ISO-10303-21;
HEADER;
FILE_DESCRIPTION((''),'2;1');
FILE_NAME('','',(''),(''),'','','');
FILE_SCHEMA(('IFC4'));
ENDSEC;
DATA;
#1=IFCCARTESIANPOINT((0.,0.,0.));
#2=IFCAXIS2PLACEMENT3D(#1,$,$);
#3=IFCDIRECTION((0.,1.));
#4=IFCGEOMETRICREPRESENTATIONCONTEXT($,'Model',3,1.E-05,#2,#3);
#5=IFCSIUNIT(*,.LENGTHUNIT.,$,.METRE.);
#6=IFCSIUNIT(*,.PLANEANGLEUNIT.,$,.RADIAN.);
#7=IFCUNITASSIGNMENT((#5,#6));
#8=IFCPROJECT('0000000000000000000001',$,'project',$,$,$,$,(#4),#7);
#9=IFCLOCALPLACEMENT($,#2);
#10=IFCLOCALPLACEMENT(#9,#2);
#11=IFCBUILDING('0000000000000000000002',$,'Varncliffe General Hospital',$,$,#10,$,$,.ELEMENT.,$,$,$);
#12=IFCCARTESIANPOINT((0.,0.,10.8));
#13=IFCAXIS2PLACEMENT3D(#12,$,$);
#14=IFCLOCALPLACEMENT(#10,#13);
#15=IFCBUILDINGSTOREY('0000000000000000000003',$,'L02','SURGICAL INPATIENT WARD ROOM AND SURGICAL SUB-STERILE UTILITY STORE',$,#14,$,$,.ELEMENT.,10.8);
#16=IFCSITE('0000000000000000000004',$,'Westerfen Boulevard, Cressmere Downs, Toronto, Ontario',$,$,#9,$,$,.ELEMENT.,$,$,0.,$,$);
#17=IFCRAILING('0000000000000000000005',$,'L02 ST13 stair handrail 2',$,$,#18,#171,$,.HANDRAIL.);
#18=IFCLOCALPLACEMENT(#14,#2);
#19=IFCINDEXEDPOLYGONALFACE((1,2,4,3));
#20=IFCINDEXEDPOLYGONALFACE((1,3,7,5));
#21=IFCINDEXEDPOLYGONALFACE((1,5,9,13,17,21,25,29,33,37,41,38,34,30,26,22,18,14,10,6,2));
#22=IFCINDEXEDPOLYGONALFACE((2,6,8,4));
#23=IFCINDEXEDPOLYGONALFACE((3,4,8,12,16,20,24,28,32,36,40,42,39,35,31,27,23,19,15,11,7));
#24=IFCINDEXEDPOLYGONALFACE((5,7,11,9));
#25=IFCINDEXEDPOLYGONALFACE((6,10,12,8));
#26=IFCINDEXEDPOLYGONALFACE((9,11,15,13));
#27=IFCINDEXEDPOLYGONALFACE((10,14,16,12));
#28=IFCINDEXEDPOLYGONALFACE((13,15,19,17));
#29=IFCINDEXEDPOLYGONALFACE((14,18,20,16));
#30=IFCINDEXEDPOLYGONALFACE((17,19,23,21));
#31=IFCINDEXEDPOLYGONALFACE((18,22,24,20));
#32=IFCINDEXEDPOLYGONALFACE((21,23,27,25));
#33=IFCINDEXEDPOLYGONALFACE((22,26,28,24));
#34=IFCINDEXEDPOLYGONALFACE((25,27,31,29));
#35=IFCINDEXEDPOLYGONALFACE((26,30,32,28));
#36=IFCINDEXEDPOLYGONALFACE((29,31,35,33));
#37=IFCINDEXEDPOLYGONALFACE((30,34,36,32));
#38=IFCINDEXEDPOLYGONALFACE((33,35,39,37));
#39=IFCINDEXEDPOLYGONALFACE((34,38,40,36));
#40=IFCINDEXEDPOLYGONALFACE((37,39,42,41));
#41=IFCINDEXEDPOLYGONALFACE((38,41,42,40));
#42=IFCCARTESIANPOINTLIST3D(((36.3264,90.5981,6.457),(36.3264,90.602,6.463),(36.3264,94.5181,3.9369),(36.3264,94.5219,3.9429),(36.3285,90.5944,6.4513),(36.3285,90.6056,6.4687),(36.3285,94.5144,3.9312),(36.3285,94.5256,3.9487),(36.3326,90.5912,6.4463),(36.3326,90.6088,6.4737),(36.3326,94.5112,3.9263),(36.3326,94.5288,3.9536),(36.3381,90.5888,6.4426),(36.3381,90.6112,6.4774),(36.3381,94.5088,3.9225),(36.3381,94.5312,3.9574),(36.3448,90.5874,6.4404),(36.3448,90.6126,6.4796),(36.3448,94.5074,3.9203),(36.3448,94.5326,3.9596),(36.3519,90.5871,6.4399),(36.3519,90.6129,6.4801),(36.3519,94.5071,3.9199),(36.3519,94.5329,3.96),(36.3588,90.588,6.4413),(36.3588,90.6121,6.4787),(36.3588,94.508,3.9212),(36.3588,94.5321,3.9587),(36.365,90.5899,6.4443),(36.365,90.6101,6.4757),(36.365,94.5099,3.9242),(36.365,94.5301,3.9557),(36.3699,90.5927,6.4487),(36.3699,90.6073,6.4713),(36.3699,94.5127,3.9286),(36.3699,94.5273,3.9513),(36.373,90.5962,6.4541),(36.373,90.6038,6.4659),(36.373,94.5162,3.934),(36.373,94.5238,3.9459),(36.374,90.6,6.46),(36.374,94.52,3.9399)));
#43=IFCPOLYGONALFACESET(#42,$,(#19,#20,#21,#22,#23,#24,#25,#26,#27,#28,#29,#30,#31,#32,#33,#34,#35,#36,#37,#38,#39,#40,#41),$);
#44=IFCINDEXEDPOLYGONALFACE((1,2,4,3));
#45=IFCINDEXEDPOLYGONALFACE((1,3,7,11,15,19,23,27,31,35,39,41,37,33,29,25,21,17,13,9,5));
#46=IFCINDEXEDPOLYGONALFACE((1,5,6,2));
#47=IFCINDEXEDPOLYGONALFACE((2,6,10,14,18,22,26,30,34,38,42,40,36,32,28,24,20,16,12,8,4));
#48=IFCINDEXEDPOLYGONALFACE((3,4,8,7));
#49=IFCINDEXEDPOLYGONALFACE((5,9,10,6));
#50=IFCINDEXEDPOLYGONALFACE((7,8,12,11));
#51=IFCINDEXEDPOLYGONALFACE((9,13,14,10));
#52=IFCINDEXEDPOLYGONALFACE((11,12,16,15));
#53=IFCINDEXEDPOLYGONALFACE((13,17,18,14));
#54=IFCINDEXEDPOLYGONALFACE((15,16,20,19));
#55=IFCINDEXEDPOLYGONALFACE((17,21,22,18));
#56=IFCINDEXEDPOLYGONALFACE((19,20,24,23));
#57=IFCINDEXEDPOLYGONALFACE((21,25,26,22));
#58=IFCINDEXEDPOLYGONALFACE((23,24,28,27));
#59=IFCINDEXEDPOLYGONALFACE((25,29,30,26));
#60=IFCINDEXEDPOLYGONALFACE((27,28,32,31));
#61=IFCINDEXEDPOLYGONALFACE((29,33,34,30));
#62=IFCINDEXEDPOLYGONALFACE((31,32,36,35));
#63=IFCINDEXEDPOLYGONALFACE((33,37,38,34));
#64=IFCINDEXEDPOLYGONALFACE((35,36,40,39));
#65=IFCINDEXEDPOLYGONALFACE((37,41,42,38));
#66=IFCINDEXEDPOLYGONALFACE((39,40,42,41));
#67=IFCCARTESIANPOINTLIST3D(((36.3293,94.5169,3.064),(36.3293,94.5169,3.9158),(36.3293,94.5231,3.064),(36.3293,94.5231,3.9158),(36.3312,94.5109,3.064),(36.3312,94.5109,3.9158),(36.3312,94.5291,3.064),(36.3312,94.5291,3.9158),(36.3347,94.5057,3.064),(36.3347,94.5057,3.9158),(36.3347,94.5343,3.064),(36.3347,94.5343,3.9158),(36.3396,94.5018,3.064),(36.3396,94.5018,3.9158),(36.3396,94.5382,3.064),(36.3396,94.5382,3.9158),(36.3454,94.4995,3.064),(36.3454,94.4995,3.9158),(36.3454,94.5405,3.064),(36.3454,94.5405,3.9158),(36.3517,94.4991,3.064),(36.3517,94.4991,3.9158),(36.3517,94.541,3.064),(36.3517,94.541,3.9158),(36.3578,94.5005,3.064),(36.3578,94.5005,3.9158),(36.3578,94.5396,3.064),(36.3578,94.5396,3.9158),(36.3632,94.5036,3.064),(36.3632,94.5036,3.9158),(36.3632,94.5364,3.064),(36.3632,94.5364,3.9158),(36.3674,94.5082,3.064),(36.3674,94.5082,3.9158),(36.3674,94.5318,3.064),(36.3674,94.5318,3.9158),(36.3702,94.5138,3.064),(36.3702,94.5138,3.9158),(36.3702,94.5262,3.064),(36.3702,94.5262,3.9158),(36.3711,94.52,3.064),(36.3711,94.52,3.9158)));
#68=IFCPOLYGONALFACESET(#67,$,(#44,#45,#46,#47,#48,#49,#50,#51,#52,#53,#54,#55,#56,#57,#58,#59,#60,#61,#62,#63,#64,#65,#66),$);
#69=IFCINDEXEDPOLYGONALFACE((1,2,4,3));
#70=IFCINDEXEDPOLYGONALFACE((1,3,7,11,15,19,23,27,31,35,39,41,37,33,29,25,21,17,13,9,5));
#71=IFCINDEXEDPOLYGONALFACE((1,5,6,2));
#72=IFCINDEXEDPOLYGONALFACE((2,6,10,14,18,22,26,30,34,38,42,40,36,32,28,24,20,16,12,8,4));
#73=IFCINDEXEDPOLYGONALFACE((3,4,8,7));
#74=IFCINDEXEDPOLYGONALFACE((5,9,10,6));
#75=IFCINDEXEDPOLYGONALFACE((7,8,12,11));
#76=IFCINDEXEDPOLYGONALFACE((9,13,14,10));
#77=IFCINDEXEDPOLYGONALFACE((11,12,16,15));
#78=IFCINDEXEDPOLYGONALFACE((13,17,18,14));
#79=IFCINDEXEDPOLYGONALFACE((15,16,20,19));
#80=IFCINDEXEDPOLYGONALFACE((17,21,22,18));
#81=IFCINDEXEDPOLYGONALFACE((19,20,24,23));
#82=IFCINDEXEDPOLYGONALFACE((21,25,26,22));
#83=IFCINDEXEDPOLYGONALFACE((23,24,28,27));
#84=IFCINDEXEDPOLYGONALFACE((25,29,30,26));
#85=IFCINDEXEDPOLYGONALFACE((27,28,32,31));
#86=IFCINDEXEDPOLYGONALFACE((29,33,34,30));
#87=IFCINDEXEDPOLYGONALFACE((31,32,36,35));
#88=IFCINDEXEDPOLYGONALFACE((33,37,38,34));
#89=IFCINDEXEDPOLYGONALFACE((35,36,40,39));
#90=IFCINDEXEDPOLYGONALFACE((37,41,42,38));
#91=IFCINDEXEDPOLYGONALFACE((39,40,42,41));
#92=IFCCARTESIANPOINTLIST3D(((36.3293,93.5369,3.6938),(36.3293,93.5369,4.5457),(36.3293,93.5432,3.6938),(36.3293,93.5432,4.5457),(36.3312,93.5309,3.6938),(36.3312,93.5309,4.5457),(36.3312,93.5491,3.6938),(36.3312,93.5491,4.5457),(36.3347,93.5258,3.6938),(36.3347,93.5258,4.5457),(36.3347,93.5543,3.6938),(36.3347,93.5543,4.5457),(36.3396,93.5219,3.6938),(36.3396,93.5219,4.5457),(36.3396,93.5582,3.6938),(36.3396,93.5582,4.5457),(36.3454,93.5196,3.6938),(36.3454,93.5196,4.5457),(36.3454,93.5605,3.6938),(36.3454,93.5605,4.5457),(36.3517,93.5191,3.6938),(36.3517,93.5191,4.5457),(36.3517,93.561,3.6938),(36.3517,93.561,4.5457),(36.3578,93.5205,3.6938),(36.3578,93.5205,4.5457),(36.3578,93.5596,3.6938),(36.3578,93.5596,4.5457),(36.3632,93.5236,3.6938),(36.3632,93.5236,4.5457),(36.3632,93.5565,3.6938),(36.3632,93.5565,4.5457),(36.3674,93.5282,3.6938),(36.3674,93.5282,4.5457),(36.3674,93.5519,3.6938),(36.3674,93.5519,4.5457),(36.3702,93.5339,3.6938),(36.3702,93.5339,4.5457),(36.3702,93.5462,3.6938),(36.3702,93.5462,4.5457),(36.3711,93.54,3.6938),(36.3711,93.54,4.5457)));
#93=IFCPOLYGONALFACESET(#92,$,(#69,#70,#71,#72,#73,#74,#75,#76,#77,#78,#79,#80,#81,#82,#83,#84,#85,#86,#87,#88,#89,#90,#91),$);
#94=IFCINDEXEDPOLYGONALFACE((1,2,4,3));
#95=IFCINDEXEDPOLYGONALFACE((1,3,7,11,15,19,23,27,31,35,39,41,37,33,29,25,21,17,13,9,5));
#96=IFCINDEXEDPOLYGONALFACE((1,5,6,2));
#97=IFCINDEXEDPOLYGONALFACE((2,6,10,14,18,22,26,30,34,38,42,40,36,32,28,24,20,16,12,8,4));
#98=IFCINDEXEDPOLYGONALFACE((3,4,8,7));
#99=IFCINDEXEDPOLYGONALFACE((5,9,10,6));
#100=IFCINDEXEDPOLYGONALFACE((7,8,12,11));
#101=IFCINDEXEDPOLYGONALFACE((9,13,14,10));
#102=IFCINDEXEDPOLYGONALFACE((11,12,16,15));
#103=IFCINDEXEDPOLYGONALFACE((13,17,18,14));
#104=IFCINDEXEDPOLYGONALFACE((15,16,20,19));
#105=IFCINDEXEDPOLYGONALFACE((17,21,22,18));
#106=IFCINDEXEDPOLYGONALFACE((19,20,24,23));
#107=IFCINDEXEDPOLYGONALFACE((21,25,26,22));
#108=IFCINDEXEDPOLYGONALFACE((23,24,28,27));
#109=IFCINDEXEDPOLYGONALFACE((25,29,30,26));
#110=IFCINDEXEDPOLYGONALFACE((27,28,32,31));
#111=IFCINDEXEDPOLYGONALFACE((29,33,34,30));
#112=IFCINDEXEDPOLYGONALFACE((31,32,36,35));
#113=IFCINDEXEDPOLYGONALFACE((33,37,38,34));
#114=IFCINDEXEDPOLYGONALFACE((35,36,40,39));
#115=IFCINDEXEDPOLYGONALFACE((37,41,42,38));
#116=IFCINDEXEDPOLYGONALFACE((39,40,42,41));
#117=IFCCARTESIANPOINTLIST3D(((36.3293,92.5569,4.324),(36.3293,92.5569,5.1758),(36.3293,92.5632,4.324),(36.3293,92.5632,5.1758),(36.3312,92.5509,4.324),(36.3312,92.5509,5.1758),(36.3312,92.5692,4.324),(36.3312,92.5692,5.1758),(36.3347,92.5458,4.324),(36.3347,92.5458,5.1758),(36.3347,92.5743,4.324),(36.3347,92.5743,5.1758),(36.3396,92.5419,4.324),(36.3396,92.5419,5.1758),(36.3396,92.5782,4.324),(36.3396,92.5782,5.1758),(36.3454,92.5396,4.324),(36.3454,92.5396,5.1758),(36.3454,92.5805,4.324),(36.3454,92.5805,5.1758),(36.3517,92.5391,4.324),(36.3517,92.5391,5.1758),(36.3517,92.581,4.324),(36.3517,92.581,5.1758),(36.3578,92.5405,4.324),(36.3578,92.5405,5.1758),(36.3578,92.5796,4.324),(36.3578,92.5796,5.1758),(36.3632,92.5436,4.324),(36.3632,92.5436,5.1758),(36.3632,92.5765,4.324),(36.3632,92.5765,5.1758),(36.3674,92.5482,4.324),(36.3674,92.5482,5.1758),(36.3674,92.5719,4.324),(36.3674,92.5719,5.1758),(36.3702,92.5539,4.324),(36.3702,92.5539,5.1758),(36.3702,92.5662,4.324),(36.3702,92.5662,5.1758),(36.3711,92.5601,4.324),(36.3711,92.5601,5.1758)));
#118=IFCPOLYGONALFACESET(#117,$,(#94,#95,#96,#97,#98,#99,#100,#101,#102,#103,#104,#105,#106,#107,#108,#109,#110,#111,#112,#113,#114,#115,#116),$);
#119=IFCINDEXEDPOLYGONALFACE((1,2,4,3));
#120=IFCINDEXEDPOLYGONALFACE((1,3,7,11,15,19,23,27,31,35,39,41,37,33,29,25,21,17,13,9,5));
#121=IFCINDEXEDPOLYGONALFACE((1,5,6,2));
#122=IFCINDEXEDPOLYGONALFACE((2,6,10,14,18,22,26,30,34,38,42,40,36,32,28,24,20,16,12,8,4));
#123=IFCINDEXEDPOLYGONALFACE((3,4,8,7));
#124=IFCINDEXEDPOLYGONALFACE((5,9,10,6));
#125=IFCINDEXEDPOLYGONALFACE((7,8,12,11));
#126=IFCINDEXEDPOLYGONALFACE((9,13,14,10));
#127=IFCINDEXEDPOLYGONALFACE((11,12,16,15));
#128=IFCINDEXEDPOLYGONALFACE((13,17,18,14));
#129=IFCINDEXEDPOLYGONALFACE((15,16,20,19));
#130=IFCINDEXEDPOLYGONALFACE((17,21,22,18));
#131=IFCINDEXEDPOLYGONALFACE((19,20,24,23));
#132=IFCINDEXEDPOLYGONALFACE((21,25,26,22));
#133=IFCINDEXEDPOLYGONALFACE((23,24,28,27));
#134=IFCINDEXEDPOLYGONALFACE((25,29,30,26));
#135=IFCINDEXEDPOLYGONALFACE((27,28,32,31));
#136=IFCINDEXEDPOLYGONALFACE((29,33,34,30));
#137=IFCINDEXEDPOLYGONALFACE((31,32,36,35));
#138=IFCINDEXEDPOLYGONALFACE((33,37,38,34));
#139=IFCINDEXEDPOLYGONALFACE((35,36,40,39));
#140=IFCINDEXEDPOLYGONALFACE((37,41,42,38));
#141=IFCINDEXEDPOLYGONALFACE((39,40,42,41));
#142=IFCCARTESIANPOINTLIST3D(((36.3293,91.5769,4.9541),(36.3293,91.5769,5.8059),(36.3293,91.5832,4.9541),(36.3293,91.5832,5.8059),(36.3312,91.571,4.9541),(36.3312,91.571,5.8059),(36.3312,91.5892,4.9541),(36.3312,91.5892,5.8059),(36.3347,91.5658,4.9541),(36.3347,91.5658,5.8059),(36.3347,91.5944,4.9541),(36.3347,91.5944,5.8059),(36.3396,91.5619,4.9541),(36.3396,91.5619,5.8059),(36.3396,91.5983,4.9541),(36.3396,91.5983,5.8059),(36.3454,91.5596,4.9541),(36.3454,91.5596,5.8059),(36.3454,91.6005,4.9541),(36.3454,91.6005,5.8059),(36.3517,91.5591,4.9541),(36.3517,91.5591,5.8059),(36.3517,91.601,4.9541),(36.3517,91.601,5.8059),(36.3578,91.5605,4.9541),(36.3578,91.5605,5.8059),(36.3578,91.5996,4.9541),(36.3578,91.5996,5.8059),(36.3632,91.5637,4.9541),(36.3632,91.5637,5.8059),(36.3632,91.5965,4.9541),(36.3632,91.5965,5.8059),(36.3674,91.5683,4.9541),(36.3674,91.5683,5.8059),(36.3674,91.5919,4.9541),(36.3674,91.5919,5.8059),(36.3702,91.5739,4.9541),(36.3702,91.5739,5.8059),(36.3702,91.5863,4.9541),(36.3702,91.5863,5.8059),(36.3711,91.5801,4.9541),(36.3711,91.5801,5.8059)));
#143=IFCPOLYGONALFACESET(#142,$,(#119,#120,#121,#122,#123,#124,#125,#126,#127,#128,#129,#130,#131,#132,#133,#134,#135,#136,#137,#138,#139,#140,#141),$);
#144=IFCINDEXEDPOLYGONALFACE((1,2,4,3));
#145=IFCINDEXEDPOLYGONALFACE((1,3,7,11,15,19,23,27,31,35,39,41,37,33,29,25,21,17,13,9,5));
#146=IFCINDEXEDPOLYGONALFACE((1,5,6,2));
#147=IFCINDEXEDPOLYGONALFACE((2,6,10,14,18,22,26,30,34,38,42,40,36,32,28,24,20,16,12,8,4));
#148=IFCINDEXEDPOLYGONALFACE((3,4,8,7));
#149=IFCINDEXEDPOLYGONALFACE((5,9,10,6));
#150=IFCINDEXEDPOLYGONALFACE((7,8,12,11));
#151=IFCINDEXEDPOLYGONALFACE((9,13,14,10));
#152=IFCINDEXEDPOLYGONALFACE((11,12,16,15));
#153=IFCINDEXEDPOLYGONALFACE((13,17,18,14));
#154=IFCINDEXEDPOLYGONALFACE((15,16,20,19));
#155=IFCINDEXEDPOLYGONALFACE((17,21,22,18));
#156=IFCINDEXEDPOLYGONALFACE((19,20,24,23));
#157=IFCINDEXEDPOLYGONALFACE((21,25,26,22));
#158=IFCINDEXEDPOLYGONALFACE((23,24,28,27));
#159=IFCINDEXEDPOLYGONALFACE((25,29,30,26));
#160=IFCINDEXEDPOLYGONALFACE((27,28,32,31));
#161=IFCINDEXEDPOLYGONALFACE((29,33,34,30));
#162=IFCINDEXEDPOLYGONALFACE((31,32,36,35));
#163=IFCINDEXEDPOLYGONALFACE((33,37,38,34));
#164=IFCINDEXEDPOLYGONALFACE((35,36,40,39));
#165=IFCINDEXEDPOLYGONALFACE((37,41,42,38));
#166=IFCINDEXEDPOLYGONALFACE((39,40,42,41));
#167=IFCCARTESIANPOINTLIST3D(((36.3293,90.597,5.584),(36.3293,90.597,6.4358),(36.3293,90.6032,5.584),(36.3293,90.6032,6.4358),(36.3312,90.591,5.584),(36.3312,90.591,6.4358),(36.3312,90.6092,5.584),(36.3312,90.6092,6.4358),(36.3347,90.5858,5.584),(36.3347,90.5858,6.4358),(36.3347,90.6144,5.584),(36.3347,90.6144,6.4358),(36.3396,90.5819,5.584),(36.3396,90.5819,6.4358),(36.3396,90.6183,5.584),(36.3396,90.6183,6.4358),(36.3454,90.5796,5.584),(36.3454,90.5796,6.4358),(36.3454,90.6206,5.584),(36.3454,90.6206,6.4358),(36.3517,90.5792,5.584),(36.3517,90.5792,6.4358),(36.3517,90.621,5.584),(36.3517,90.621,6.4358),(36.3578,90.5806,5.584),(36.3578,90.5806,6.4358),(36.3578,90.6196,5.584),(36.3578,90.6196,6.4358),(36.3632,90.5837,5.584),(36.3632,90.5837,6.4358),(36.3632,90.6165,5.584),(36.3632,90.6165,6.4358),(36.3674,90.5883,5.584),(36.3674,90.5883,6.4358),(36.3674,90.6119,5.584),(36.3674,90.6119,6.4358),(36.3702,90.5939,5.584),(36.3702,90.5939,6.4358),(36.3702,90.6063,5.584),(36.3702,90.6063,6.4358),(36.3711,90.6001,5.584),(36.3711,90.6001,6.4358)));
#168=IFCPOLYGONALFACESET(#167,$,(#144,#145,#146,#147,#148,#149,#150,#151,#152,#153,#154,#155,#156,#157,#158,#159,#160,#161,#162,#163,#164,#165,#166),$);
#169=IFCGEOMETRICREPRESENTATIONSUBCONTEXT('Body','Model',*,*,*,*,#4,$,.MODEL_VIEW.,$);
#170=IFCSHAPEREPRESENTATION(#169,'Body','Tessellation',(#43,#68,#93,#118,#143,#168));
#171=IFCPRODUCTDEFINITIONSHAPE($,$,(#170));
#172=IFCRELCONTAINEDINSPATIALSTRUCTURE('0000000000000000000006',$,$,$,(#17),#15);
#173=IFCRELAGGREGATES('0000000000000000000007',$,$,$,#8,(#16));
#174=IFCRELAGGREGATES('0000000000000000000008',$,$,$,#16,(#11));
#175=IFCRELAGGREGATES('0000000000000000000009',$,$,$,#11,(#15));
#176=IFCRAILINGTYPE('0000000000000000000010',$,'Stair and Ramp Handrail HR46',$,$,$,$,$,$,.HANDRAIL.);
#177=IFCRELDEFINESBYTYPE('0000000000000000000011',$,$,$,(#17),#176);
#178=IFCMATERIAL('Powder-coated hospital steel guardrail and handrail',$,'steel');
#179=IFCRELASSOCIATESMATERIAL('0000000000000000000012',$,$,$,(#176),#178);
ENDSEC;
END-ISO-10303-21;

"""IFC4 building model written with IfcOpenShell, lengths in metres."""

from ifc_helpers import new_model, si_unit, direction, frame, origin, origin_2d, place, context, subcontext, project, spatial, circle, extrude, material, type_object, element, save


model = new_model("IFC4")

# Units and contexts
model_context = context("Model", 3, precision=1e-05, world=origin(), true_north=direction((0.0, 1.0)))
body_context = subcontext(model_context, "Body", "Model", "MODEL_VIEW")
ifc_project = project(units=[si_unit("LENGTHUNIT", "METRE"), si_unit("PLANEANGLEUNIT", "RADIAN")], contexts=[model_context])

# Site, building, storey
site_placement = place(None, origin())
site = spatial("IfcSite", under=ifc_project, at=site_placement, Name="Westerfen Boulevard, Cressmere Downs, Toronto, Ontario", CompositionType="ELEMENT", RefElevation=0.0)
building_placement = place(site_placement, origin())
building = spatial("IfcBuilding", under=site, at=building_placement, Name="Varncliffe General Hospital", CompositionType="ELEMENT")
storey_placement = place(building_placement, frame((0.0, 0.0, 10.8)))
storey = spatial("IfcBuildingStorey", under=building, at=storey_placement, Name="L02", Description="SURGICAL INPATIENT WARD ROOM AND SURGICAL SUB-STERILE UTILITY STORE", CompositionType="ELEMENT", Elevation=10.8)

# Railing
ifc_material_1 = material(Name="Powder-coated hospital steel guardrail and handrail", Category="steel")
railing_type_1 = type_object("IfcRailingType", Name="Stair and Ramp Handrail HR46", PredefinedType="HANDRAIL", material=ifc_material_1)
railing_1_placement = place(storey_placement, frame((36.3501, 94.52, 3.064)))
element("IfcRailing", 1, at=railing_1_placement, inside=storey, type_object=railing_type_1, Name="L02 ST13 stair handrail 2", PredefinedType="HANDRAIL", context=body_context, shape_type="SweptSolid", body=[
    extrude(circle(Radius=0.0239, at=origin_2d()), frame((0.0, 0.0, 0.876), z_axis=(0.0, -0.841172, 0.540768), x_axis=(1.0, 0.0, 0.0)), (0.0, 0.0, 1.0), 4.6602),
    extrude(circle(Radius=0.021, at=origin_2d()), origin(), (0.0, 0.0, 1.0), 0.8518),
    extrude(circle(Radius=0.021, at=origin_2d()), frame((0.0, -0.98, 0.6299)), (0.0, 0.0, 1.0), 0.8518),
    extrude(circle(Radius=0.021, at=origin_2d()), frame((0.0, -1.96, 1.26)), (0.0, 0.0, 1.0), 0.8518),
    extrude(circle(Radius=0.021, at=origin_2d()), frame((0.0, -2.9399, 1.8901)), (0.0, 0.0, 1.0), 0.8518),
    extrude(circle(Radius=0.021, at=origin_2d()), frame((0.0, -3.9199, 2.52)), (0.0, 0.0, 1.0), 0.8518),
])

save(model, "model.ifc")
